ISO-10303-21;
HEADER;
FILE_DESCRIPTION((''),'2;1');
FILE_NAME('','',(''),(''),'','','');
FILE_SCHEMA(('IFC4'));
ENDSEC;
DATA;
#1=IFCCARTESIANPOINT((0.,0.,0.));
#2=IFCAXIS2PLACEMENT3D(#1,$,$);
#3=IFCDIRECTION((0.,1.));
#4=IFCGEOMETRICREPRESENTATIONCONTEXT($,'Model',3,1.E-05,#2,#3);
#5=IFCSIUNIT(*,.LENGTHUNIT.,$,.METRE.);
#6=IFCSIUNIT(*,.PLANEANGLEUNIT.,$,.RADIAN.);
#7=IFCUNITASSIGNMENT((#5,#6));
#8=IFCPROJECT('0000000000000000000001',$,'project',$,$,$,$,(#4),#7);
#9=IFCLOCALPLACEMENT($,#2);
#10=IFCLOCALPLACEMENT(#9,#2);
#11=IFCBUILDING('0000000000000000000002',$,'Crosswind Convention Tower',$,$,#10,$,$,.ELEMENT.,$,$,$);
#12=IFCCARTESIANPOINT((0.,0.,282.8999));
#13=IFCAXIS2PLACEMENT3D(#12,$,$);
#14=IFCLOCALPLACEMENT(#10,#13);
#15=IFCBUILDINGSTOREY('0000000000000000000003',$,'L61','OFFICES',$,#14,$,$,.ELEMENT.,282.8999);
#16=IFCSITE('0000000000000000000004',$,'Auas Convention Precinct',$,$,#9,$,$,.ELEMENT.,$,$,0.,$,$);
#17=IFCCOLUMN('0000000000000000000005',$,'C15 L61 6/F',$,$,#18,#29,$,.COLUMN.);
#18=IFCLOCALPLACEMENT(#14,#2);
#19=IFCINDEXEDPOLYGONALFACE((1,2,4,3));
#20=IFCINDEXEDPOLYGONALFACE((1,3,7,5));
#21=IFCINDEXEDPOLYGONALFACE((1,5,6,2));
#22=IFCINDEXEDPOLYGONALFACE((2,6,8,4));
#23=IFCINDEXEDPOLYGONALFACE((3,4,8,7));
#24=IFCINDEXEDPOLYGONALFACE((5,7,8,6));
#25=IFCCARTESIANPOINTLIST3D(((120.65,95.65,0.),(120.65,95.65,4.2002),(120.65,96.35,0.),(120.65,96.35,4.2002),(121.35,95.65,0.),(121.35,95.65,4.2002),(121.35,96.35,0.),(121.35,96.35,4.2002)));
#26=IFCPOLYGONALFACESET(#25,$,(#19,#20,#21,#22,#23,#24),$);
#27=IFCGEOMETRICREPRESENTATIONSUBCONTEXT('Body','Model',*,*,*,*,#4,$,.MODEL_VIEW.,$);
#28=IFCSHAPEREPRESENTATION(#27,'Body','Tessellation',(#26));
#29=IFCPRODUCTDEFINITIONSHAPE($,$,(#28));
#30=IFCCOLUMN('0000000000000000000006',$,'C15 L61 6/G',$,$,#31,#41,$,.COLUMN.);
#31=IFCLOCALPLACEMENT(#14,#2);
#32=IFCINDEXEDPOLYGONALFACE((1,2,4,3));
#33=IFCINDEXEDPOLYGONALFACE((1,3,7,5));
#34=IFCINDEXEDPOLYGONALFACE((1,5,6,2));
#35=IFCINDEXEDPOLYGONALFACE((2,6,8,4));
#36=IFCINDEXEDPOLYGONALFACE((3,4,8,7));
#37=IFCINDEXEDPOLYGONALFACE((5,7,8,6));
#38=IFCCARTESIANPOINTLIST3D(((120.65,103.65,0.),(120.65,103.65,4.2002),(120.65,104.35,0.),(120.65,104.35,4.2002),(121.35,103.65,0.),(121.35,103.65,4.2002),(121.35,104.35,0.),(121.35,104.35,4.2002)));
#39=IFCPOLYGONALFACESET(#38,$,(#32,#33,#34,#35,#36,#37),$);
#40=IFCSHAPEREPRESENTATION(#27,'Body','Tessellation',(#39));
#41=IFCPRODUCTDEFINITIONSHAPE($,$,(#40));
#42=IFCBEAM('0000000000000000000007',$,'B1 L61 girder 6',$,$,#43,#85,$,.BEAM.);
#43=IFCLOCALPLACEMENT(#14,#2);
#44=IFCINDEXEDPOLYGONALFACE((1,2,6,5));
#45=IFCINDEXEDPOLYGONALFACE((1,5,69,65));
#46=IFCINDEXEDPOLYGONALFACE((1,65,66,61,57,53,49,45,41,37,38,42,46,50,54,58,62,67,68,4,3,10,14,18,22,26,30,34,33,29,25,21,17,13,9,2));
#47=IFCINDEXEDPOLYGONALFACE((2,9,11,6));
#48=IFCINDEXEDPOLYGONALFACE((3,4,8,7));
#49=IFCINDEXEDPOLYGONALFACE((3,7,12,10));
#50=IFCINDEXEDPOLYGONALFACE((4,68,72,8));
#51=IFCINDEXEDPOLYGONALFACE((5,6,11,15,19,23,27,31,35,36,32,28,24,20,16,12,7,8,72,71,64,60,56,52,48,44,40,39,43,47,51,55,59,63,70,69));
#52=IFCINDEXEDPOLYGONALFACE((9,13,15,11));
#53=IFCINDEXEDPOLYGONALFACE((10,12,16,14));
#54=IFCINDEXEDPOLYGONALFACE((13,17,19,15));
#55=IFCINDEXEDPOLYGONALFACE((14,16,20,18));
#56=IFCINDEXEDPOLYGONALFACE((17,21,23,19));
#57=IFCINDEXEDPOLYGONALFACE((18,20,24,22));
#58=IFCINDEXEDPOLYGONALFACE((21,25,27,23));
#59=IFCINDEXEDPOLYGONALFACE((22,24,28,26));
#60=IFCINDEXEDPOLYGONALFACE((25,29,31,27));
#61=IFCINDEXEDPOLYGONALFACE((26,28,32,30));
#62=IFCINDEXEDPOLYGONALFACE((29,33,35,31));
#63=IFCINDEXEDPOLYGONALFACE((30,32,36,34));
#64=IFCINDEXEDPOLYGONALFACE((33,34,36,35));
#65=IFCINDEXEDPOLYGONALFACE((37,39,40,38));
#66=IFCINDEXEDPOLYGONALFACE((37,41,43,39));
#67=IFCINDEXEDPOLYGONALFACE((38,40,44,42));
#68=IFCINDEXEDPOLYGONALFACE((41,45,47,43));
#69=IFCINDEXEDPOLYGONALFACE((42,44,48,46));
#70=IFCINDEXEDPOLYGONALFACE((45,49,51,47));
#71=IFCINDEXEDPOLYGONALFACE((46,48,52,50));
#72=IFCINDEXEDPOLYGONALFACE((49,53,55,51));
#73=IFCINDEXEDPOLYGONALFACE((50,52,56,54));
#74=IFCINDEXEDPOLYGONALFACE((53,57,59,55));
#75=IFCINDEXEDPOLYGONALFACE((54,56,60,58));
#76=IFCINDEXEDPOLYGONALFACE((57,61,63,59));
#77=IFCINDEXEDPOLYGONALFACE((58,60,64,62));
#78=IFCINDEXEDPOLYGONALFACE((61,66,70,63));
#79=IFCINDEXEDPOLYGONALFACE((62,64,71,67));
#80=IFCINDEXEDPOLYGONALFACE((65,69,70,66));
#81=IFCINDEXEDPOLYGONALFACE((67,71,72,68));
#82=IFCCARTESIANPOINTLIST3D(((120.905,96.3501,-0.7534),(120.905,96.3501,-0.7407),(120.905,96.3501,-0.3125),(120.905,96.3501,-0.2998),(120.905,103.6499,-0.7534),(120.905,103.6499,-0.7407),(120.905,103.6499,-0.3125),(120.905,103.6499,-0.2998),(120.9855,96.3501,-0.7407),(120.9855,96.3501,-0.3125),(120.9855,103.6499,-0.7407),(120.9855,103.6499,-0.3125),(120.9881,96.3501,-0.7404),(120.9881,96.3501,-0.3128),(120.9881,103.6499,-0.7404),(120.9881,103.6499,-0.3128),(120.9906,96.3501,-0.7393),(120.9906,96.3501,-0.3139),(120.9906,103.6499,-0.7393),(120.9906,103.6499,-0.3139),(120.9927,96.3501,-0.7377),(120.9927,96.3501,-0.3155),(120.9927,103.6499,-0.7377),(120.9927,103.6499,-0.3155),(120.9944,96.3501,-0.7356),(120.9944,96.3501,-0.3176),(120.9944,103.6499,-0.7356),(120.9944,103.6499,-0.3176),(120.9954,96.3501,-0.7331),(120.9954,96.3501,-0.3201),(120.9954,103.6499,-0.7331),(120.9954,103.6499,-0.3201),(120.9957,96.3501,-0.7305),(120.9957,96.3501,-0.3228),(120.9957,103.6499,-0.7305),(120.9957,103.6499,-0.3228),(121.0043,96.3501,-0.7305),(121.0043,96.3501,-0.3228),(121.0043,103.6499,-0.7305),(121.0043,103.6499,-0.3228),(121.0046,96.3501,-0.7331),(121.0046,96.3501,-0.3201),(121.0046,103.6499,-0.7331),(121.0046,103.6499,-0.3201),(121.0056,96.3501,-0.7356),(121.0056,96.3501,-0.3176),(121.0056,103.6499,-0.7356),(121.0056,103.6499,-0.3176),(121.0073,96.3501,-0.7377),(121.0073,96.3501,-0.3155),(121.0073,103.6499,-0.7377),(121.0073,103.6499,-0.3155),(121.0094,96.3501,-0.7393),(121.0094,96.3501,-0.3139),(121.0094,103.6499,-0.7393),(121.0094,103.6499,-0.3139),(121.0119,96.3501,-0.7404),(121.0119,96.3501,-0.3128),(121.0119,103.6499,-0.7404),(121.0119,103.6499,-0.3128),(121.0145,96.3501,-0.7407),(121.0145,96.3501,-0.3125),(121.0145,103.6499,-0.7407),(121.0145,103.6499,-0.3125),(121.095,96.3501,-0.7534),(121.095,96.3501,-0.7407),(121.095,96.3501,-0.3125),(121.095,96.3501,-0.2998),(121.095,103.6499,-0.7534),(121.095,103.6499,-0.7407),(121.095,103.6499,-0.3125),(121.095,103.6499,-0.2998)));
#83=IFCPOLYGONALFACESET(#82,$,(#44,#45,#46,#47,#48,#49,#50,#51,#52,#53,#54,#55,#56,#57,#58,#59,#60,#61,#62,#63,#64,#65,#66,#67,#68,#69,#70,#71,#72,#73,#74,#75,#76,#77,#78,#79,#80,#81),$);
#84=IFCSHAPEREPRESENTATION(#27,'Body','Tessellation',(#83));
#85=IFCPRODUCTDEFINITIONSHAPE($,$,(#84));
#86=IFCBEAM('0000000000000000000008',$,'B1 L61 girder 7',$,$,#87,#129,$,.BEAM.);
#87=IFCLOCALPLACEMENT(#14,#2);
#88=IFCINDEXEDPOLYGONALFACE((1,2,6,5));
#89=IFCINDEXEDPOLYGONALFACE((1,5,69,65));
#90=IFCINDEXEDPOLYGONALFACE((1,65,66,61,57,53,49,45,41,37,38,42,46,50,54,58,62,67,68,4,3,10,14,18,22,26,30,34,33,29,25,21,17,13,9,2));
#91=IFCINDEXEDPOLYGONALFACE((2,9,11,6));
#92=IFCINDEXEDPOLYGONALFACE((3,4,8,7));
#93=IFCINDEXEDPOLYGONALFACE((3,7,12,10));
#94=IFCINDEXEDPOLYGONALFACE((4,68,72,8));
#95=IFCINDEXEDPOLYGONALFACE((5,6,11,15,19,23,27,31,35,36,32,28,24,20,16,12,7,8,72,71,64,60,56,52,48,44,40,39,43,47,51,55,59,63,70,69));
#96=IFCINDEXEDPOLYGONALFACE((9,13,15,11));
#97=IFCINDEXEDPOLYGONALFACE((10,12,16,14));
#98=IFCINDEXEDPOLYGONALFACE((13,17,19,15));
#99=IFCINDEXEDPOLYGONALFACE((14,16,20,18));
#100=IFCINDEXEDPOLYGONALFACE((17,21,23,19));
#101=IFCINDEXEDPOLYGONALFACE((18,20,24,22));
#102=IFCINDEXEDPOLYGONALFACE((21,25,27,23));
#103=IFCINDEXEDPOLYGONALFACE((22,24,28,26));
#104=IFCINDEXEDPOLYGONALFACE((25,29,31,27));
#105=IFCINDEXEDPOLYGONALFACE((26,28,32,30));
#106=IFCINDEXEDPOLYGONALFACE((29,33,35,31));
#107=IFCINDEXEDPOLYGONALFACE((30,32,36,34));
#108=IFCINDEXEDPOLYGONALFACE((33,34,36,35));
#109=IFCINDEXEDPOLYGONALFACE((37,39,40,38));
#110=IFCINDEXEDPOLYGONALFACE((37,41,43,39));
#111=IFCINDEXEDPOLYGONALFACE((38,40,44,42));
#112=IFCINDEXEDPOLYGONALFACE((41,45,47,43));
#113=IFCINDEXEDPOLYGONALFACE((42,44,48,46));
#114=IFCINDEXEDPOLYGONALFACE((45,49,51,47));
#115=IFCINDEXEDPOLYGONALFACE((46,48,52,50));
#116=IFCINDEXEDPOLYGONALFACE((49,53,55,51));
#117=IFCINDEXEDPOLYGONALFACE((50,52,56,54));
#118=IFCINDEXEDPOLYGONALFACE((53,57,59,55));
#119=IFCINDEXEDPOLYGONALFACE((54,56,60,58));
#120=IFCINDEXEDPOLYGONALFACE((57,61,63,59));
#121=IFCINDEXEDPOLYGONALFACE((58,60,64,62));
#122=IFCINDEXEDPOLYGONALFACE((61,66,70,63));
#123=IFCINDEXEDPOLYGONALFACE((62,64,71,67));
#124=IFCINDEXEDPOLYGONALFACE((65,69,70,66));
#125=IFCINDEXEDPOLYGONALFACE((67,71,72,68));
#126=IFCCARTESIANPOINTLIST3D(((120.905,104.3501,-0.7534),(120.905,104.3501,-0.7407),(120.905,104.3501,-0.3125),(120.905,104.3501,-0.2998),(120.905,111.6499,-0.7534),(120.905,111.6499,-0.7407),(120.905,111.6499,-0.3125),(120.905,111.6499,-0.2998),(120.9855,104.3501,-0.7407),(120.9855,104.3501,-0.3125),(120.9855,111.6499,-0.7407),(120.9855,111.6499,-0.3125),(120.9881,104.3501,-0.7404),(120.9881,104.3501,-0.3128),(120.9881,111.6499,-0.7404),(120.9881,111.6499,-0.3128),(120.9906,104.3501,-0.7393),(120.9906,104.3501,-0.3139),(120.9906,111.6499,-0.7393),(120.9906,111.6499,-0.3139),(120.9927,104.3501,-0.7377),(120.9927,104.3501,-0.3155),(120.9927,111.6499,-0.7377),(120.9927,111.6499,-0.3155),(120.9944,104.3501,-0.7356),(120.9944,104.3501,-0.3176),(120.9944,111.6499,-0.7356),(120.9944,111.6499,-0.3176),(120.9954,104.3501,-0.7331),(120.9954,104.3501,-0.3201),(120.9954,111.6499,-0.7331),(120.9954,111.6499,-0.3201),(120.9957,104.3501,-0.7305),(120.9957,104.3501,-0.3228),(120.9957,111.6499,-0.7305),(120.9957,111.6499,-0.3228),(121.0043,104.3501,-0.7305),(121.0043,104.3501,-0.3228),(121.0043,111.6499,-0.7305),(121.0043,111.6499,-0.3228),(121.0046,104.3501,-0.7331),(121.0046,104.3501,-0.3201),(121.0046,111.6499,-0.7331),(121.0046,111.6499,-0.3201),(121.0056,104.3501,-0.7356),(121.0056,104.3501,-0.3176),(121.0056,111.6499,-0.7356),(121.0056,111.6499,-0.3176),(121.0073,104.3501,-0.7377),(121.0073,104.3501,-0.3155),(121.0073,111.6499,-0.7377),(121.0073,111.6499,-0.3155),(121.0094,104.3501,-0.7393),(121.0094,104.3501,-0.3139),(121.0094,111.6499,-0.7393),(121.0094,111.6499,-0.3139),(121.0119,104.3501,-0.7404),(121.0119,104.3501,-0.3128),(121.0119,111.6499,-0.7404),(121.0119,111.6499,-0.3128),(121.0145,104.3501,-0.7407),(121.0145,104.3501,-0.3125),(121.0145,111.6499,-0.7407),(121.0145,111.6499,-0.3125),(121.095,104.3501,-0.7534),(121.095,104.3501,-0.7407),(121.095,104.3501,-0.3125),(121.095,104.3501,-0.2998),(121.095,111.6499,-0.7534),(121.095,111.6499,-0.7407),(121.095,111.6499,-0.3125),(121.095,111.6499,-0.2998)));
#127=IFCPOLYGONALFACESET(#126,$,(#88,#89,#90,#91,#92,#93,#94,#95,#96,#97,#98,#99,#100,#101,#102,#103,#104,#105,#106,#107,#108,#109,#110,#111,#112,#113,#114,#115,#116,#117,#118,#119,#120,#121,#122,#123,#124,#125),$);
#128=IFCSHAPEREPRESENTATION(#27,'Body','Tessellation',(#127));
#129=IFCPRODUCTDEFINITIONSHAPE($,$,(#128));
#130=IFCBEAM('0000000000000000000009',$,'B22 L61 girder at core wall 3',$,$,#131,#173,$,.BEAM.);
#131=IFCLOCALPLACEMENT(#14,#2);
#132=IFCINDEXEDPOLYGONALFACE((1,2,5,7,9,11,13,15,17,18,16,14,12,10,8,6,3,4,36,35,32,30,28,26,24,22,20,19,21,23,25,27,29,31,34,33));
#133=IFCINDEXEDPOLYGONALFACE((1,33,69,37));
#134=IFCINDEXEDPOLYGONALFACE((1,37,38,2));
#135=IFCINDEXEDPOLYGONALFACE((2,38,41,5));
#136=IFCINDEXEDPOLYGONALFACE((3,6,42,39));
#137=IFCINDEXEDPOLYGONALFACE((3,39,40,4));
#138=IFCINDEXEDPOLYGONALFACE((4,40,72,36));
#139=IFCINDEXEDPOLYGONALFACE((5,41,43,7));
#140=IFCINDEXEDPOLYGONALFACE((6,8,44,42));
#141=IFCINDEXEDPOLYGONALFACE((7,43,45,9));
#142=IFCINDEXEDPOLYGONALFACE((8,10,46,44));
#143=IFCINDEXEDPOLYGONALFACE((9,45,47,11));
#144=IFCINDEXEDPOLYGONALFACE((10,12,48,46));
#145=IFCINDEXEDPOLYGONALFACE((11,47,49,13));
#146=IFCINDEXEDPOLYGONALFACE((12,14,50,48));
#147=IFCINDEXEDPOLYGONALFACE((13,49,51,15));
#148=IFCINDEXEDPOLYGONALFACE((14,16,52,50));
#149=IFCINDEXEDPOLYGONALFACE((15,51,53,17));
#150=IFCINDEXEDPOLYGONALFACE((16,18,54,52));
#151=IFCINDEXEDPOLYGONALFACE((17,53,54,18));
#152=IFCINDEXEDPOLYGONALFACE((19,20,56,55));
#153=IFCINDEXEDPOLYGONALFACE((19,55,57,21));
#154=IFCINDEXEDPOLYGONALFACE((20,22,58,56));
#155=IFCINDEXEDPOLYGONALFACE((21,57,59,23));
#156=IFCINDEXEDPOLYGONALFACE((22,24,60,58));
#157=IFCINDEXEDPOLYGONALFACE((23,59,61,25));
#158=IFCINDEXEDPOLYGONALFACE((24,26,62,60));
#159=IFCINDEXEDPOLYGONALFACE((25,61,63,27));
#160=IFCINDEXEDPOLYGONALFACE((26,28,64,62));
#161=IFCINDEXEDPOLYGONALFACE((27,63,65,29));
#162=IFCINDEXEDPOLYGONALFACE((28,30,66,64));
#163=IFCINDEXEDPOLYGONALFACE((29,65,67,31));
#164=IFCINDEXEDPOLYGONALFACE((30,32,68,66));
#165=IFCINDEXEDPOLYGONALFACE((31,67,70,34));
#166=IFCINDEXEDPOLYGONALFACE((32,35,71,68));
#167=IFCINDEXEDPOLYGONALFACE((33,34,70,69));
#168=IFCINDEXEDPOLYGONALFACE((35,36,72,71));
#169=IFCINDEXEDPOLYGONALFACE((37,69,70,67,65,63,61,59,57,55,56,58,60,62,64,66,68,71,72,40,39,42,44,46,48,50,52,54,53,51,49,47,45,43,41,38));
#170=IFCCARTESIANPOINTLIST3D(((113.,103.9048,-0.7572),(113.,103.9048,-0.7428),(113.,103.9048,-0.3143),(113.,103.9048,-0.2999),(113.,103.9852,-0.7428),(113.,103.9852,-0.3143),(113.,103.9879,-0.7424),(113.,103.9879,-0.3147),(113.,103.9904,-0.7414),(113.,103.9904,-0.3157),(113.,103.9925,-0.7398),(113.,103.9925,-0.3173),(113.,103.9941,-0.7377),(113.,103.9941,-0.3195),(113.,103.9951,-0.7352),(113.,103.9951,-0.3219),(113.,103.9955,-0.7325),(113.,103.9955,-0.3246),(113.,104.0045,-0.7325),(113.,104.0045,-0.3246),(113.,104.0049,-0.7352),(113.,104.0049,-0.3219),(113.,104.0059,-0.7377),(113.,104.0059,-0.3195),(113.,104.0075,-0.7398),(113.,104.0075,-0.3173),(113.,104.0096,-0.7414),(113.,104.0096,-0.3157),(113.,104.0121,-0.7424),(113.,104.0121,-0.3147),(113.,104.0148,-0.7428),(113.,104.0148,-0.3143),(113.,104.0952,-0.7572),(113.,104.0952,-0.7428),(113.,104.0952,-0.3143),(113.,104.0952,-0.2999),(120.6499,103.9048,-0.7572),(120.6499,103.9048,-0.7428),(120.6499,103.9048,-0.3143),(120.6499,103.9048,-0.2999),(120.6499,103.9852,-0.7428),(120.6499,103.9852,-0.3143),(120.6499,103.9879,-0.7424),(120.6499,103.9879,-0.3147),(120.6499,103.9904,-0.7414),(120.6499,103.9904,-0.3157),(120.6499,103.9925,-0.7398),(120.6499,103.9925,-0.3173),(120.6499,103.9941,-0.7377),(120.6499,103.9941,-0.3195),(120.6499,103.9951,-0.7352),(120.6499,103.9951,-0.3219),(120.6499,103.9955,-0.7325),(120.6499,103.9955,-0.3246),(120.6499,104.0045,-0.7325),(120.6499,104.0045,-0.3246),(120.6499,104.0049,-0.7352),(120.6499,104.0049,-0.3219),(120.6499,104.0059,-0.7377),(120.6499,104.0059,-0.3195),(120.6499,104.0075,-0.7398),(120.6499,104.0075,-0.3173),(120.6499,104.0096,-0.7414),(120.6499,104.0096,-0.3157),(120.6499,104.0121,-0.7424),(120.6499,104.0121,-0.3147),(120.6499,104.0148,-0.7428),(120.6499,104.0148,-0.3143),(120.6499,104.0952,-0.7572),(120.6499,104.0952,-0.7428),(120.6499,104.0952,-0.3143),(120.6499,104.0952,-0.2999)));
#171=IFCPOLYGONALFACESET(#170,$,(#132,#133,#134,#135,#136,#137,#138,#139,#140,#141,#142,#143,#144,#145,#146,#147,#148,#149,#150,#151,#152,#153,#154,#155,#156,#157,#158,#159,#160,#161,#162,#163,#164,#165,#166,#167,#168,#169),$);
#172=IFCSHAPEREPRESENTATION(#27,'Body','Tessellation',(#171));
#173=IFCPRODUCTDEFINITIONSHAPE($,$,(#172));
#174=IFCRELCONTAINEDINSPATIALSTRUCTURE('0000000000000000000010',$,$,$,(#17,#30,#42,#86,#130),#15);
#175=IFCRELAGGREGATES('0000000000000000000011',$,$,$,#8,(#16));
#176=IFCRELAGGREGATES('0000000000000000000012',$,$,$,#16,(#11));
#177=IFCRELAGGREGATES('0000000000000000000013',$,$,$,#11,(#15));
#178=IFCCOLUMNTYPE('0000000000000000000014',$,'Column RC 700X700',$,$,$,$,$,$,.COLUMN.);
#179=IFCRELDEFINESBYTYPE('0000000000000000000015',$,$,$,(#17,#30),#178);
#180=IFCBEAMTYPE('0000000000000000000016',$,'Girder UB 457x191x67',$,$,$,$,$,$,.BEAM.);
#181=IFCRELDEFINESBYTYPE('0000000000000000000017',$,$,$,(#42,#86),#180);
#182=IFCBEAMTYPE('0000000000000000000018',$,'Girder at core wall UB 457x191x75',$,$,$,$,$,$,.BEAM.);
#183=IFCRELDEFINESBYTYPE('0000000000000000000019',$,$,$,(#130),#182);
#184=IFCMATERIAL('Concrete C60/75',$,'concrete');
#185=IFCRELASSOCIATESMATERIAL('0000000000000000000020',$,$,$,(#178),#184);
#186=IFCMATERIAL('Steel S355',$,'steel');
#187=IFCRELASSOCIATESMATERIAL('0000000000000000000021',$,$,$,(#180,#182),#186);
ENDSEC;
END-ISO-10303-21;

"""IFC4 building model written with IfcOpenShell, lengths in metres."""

from ifc_helpers import new_model, si_unit, direction, frame, origin, origin_2d, place, context, subcontext, project, spatial, rectangle, i_section, extrude, material, material_profile, profile_set, type_object, element, save


model = new_model("IFC4")

# Units and contexts
model_context = context("Model", 3, precision=1e-05, world=origin(), true_north=direction((0.0, 1.0)))
body_context = subcontext(model_context, "Body", "Model", "MODEL_VIEW")
ifc_project = project(units=[si_unit("LENGTHUNIT", "METRE"), si_unit("PLANEANGLEUNIT", "RADIAN")], contexts=[model_context])

# Site, building, storey
site_placement = place(None, origin())
site = spatial("IfcSite", under=ifc_project, at=site_placement, Name="Auas Convention Precinct", CompositionType="ELEMENT", RefElevation=0.0)
building_placement = place(site_placement, origin())
building = spatial("IfcBuilding", under=site, at=building_placement, Name="Crosswind Convention Tower", CompositionType="ELEMENT")
storey_placement = place(building_placement, frame((0.0, 0.0, 282.8999)))
storey = spatial("IfcBuildingStorey", under=building, at=storey_placement, Name="L61", Description="OFFICES", CompositionType="ELEMENT", Elevation=282.8999)

# Columns
ifc_material_1 = material(Name="Concrete C60/75", Category="concrete")
ifc_material_profile_1 = material_profile(ifc_material_1, rectangle(XDim=0.7, YDim=0.7, at=origin_2d()), Name="RC 700X700")
ifc_profile_set_1 = profile_set([ifc_material_profile_1], Name="Concrete C60/75")
column_type = type_object("IfcColumnType", Name="Column RC 700X700", PredefinedType="COLUMN", material=ifc_profile_set_1)
for number, where, z_axis, x_axis, name in (
    (1, (121.0, 96.0, 0.0), (0.0, 0.0, 1.0), (1.0, 0.0, 0.0), "C15 L61 6/F"),
    (2, (121.0, 104.0, 0.0), (0.0, 0.0, 1.0), (1.0, 0.0, 0.0), "C15 L61 6/G"),
):
    element("IfcColumn", number, at=place(storey_placement, frame(where, z_axis=z_axis, x_axis=x_axis)), inside=storey, type_object=column_type, Name=name, PredefinedType="COLUMN", context=body_context, shape_type="SweptSolid", body=[
        extrude(rectangle(XDim=0.7, YDim=0.7, at=origin_2d()), origin(), (0.0, 0.0, 1.0), 4.2002),
    ])

# Beams
ifc_material_2 = material(Name="Steel S355", Category="steel")
ifc_material_profile_2 = material_profile(ifc_material_2, i_section(OverallWidth=0.1899, OverallDepth=0.4536, WebThickness=0.0085, FlangeThickness=0.0127, FilletRadius=0.0103, at=origin_2d()), Name="UB 457x191x67")
ifc_profile_set_2 = profile_set([ifc_material_profile_2], Name="Steel S355")
beam_type_1 = type_object("IfcBeamType", Name="Girder UB 457x191x67", PredefinedType="BEAM", material=ifc_profile_set_2)
for number, where, z_axis, x_axis, name in (
    (3, (121.0, 96.3501, -0.5266), (0.0, 1.0, 0.0), (-1.0, 0.0, 0.0), "B1 L61 girder 6"),
    (4, (121.0, 104.3501, -0.5266), (0.0, 1.0, 0.0), (-1.0, 0.0, 0.0), "B1 L61 girder 7"),
):
    element("IfcBeam", number, at=place(storey_placement, frame(where, z_axis=z_axis, x_axis=x_axis)), inside=storey, type_object=beam_type_1, Name=name, PredefinedType="BEAM", context=body_context, shape_type="SweptSolid", body=[
        extrude(i_section(OverallWidth=0.1899, OverallDepth=0.4536, WebThickness=0.0085, FlangeThickness=0.0127, FilletRadius=0.0103, at=origin_2d()), origin(), (0.0, 0.0, 1.0), 7.2998),
    ])
ifc_material_profile_3 = material_profile(ifc_material_2, i_section(OverallWidth=0.1904, OverallDepth=0.4573, WebThickness=0.009, FlangeThickness=0.0144, FilletRadius=0.0103, at=origin_2d()), Name="UB 457x191x75")
ifc_profile_set_3 = profile_set([ifc_material_profile_3], Name="Steel S355")
beam_type_2 = type_object("IfcBeamType", Name="Girder at core wall UB 457x191x75", PredefinedType="BEAM", material=ifc_profile_set_3)
beam_placement = place(storey_placement, frame((113.0, 104.0, -0.5286), z_axis=(1.0, 0.0, 0.0), x_axis=(0.0, 1.0, 0.0)))
element("IfcBeam", 5, at=beam_placement, inside=storey, type_object=beam_type_2, Name="B22 L61 girder at core wall 3", PredefinedType="BEAM", context=body_context, shape_type="SweptSolid", body=[
    extrude(i_section(OverallWidth=0.1904, OverallDepth=0.4573, WebThickness=0.009, FlangeThickness=0.0144, FilletRadius=0.0103, at=origin_2d()), origin(), (0.0, 0.0, 1.0), 7.6499),
])

save(model, "model.ifc")
